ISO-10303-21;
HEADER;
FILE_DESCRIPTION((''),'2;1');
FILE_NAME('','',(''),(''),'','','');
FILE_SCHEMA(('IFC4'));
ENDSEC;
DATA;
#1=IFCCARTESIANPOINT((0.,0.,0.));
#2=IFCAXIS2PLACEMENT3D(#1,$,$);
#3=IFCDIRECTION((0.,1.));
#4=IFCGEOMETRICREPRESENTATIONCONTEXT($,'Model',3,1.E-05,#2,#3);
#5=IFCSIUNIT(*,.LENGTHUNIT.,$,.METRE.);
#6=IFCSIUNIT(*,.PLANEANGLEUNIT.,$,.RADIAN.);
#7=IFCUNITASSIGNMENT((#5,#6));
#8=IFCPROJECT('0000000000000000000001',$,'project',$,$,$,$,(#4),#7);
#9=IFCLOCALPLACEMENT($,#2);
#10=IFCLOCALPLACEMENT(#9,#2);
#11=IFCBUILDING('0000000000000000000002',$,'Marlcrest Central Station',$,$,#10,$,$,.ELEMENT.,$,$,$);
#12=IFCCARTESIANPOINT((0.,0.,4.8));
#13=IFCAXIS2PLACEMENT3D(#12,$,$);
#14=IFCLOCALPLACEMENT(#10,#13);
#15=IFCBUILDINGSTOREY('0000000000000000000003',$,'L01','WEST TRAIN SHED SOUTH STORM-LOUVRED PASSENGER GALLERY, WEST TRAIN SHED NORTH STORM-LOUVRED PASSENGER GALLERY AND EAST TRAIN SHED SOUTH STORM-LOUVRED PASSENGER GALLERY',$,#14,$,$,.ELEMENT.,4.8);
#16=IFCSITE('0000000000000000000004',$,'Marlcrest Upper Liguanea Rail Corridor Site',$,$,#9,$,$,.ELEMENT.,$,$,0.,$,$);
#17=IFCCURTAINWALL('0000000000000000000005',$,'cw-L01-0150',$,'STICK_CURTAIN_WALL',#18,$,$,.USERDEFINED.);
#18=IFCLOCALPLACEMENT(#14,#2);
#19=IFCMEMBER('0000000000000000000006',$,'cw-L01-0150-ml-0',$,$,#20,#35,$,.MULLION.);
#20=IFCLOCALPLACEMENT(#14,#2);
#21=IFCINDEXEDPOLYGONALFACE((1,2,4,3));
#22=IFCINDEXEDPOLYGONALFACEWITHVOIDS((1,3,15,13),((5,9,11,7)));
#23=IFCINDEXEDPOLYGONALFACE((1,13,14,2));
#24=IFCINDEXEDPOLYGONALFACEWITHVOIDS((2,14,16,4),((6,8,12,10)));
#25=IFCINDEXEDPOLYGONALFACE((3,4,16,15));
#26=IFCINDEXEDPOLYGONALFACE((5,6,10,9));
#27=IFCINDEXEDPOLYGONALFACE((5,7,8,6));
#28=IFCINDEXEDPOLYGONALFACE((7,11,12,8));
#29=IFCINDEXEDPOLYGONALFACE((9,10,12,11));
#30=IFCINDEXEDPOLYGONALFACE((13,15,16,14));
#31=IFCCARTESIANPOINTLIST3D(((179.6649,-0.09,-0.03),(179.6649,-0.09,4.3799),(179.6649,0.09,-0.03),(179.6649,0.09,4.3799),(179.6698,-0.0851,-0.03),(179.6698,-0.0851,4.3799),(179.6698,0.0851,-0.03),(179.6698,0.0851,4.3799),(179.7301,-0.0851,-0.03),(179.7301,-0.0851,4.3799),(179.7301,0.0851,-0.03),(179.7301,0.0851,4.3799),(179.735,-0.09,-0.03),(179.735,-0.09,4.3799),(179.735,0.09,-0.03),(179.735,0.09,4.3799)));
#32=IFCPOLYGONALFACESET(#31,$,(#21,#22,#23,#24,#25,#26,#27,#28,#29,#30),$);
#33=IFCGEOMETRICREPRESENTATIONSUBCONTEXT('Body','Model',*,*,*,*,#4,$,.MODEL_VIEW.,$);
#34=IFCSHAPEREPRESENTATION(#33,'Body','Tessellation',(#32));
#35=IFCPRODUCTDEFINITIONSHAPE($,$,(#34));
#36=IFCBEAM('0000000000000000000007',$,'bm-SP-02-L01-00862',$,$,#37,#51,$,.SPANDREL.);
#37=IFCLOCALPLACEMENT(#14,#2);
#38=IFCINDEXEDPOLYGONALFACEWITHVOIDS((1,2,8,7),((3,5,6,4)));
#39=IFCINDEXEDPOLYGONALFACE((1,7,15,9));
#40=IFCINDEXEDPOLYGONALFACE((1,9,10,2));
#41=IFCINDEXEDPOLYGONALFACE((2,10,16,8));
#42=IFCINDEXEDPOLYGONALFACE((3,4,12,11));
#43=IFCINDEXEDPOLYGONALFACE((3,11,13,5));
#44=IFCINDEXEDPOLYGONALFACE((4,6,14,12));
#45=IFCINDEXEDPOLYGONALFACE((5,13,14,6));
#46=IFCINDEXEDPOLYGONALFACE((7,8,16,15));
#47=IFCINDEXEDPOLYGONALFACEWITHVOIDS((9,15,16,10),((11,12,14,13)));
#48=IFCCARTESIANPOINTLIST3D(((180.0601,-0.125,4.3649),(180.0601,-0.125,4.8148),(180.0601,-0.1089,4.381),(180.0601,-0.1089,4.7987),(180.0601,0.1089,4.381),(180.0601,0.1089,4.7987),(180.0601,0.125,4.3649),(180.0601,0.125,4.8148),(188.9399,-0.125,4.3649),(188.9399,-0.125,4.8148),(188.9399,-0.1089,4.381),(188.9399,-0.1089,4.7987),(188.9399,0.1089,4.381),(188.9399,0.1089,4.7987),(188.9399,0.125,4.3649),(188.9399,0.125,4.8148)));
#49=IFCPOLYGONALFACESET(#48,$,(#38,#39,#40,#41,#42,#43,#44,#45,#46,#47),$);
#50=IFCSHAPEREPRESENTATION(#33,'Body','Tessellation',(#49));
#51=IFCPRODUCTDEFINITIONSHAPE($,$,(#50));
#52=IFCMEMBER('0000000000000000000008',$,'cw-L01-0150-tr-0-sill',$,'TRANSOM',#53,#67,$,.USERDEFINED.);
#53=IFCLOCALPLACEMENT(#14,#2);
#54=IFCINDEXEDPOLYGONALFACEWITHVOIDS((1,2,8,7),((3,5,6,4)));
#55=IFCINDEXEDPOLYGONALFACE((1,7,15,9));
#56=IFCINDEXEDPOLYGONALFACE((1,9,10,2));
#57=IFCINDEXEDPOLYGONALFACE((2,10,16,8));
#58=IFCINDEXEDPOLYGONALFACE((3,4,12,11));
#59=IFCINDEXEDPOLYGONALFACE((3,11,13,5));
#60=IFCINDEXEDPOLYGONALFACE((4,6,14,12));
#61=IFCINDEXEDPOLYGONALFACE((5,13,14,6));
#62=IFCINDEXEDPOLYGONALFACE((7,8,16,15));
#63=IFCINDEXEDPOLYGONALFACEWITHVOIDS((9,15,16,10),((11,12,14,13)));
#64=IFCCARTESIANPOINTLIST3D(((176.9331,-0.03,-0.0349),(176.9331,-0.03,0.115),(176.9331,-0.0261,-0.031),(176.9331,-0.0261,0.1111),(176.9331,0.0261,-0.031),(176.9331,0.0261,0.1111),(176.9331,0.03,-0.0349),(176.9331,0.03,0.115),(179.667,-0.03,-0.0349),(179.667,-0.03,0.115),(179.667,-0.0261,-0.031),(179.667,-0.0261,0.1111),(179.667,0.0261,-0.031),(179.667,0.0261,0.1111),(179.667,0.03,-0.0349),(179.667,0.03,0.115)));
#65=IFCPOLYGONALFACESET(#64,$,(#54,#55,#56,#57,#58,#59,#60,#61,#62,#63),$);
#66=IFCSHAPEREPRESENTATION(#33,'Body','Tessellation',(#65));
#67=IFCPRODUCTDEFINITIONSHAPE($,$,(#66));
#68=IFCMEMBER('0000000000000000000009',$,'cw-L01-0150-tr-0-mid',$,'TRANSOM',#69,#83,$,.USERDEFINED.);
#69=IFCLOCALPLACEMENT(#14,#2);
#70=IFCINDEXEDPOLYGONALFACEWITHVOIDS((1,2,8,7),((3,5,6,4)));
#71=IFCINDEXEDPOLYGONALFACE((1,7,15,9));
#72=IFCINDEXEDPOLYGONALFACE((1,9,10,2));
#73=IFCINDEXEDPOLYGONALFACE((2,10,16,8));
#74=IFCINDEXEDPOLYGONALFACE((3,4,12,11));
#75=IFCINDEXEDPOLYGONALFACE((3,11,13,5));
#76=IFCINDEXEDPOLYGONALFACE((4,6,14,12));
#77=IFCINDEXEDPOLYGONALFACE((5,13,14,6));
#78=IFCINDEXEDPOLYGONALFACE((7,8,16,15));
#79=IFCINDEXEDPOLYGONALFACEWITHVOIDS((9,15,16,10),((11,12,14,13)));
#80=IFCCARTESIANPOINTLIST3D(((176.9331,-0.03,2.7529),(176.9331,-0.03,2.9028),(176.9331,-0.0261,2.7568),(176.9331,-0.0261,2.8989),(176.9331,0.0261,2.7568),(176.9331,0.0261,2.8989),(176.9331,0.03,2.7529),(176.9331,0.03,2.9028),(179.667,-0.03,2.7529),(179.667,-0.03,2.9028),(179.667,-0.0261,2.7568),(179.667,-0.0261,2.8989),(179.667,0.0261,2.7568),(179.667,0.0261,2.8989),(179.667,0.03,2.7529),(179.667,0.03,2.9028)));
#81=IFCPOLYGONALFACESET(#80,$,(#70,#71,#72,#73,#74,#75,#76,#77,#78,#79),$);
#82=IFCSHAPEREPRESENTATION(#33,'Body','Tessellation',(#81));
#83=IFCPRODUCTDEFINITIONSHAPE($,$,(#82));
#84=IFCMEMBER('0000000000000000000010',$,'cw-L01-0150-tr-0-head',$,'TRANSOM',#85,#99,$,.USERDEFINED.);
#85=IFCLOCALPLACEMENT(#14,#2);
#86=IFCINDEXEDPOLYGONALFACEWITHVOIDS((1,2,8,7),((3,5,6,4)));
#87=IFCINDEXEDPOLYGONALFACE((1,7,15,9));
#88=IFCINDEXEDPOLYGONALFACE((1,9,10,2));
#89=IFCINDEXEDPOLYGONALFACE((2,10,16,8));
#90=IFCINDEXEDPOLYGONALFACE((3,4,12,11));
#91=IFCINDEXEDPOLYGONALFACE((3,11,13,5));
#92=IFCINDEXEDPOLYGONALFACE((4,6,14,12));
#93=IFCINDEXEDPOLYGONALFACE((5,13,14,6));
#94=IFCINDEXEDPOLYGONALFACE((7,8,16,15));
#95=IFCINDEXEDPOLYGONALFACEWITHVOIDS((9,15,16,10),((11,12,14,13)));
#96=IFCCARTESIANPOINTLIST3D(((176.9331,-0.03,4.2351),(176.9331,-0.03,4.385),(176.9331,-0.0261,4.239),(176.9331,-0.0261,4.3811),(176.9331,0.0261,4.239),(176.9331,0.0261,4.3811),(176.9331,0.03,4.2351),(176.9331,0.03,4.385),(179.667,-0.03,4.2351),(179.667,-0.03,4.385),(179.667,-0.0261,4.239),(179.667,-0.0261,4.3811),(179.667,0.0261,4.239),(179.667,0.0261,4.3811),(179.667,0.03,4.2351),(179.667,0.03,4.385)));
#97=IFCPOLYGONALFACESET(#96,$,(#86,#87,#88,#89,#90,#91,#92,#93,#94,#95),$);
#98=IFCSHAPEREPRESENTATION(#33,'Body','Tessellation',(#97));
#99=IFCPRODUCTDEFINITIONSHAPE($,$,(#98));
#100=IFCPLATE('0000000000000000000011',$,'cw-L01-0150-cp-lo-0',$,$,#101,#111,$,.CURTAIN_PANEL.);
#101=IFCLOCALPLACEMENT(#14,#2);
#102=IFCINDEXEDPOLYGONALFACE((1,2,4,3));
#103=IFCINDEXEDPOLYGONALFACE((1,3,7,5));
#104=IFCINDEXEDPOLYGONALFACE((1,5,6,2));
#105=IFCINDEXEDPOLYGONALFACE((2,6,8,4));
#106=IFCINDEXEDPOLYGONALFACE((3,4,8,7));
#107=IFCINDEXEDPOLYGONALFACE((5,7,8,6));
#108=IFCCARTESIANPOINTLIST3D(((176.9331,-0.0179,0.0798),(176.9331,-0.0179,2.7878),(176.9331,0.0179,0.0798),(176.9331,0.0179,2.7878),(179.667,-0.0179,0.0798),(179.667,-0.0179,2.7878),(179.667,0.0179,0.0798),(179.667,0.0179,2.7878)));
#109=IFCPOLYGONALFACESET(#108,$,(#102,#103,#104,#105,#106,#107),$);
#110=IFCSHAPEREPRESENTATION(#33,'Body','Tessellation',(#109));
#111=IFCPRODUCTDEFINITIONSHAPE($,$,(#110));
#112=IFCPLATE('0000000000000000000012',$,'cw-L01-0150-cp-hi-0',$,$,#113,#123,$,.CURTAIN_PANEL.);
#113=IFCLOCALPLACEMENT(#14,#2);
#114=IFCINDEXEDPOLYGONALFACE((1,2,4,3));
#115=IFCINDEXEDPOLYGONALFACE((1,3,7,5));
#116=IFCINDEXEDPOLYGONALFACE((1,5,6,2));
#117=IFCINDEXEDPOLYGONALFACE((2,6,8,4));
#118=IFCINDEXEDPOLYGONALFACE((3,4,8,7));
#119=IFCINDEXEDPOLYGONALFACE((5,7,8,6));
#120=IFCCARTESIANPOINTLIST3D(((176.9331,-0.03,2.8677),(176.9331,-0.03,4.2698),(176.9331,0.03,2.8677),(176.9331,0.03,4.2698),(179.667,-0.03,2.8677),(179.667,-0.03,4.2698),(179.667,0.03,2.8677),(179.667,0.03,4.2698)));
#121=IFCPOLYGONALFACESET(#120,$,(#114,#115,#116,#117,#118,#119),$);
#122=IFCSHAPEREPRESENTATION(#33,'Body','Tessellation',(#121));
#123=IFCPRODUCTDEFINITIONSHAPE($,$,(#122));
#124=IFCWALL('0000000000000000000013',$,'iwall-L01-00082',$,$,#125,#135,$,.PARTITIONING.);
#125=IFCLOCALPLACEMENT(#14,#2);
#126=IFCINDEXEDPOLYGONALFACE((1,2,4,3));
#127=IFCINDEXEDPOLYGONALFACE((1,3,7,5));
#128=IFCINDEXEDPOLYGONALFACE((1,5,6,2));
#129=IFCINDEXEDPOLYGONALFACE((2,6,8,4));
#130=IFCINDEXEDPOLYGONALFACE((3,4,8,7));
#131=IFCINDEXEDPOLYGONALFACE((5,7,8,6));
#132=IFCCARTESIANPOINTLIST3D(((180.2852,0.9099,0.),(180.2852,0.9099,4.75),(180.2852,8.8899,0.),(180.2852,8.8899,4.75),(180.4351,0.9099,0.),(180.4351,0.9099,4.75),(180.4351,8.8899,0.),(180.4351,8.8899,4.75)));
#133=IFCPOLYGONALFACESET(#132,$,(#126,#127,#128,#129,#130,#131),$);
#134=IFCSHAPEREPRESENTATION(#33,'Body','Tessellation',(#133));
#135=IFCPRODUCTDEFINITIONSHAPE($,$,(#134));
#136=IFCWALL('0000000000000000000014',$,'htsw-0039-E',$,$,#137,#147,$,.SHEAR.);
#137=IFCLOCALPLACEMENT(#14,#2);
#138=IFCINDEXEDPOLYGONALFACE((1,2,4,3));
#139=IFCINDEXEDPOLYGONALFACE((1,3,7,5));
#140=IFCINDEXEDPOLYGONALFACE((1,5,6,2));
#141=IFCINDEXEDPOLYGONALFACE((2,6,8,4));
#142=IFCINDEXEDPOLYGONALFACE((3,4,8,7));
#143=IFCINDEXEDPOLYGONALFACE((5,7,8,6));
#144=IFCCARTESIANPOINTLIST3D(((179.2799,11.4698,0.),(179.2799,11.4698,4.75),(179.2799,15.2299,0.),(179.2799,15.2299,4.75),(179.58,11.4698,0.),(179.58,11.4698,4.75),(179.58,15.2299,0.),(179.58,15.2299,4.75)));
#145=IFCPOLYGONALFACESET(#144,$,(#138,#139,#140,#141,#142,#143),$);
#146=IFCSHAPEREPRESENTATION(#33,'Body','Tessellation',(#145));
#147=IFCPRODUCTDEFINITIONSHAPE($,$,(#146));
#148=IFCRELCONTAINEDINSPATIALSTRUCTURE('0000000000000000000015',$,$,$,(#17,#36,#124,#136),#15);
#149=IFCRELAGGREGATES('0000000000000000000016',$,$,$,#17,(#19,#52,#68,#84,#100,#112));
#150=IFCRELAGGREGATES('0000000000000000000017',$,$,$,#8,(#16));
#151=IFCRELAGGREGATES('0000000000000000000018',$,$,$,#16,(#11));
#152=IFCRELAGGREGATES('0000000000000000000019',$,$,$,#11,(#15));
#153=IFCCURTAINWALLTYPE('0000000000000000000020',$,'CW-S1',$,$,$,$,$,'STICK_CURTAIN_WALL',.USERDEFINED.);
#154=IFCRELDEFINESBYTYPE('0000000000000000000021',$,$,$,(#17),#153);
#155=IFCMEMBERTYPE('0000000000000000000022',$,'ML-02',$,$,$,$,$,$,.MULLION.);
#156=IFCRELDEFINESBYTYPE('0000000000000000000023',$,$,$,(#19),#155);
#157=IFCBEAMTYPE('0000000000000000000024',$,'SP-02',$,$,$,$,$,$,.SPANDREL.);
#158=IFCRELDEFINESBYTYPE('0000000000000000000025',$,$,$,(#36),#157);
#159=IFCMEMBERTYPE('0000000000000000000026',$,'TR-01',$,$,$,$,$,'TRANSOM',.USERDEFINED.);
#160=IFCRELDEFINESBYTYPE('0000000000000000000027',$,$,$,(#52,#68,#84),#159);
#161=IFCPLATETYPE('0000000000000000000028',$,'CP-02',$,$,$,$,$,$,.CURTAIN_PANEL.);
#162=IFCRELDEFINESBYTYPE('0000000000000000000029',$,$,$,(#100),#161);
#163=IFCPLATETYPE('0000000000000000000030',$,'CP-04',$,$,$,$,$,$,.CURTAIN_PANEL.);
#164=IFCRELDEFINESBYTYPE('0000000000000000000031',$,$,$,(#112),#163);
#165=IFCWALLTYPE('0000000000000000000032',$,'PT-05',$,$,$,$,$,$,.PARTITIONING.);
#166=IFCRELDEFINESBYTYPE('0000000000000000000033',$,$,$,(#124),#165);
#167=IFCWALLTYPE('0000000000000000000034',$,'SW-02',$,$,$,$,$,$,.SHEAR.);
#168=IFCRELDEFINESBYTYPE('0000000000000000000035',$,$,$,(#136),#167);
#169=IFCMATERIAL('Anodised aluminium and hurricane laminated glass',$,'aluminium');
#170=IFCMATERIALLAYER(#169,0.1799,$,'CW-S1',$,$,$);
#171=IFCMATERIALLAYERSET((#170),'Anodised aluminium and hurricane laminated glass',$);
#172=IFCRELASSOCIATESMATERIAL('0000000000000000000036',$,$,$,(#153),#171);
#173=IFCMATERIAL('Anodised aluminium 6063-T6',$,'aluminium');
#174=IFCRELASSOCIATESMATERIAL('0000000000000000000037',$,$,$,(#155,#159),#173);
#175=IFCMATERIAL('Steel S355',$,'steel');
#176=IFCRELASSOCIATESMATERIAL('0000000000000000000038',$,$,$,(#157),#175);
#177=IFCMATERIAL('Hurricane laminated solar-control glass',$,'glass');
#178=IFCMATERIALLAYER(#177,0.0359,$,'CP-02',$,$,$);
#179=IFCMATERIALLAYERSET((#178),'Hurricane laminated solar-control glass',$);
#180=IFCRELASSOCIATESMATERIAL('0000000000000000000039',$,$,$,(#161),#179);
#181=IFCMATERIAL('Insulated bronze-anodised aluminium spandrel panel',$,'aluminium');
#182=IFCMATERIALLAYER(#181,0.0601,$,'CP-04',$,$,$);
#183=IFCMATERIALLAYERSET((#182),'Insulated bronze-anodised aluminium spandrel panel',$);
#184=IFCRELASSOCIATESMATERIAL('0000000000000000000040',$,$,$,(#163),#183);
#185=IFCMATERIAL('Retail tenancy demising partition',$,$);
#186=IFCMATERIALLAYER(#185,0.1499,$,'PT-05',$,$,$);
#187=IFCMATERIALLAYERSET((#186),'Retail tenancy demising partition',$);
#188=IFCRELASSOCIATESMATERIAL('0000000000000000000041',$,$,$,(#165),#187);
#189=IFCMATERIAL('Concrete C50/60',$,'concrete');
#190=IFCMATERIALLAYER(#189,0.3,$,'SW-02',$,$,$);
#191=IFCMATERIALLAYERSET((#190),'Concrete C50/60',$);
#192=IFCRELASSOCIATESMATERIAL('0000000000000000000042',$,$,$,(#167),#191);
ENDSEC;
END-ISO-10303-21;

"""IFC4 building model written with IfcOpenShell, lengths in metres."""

from ifc_helpers import new_model, si_unit, direction, frame, frame_2d, origin, origin_2d, place, context, subcontext, project, spatial, rectangle, hollow_rectangle, extrude, material, layer, layer_set, material_profile, profile_set, type_object, element, aggregate, save


model = new_model("IFC4")

# Units and contexts
model_context = context("Model", 3, precision=1e-05, world=origin(), true_north=direction((0.0, 1.0)))
body_context = subcontext(model_context, "Body", "Model", "MODEL_VIEW")
ifc_project = project(units=[si_unit("LENGTHUNIT", "METRE"), si_unit("PLANEANGLEUNIT", "RADIAN")], contexts=[model_context])

# Site, building, storey
site_placement = place(None, origin())
site = spatial("IfcSite", under=ifc_project, at=site_placement, Name="Marlcrest Upper Liguanea Rail Corridor Site", CompositionType="ELEMENT", RefElevation=0.0)
building_placement = place(site_placement, origin())
building = spatial("IfcBuilding", under=site, at=building_placement, Name="Marlcrest Central Station", CompositionType="ELEMENT")
storey_placement = place(building_placement, frame((0.0, 0.0, 4.8)))
storey = spatial("IfcBuildingStorey", under=building, at=storey_placement, Name="L01", Description="WEST TRAIN SHED SOUTH STORM-LOUVRED PASSENGER GALLERY, WEST TRAIN SHED NORTH STORM-LOUVRED PASSENGER GALLERY AND EAST TRAIN SHED SOUTH STORM-LOUVRED PASSENGER GALLERY", CompositionType="ELEMENT", Elevation=4.8)

# Shared definitions
ifc_material_1 = material(Name="Concrete C50/60", Category="concrete")
ifc_material_2 = material(Name="Steel S355", Category="steel")

# Curtain wall, member
ifc_material_3 = material(Name="Anodised aluminium and hurricane laminated glass", Category="aluminium")
ifc_layer_1 = layer(ifc_material_3, 0.1799, Name="CW-S1")
ifc_layer_set_1 = layer_set([ifc_layer_1], Name="Anodised aluminium and hurricane laminated glass")
curtain_wall_type = type_object("IfcCurtainWallType", Name="CW-S1", ElementType="STICK_CURTAIN_WALL", PredefinedType="USERDEFINED", material=ifc_layer_set_1)
curtain_wall_placement = place(storey_placement, origin())
curtain_wall = element("IfcCurtainWall", 1, at=curtain_wall_placement, inside=storey, type_object=curtain_wall_type, Name="cw-L01-0150", ObjectType="STICK_CURTAIN_WALL", PredefinedType="USERDEFINED")
ifc_material_4 = material(Name="Anodised aluminium 6063-T6", Category="aluminium")
ifc_material_profile_1 = material_profile(ifc_material_4, hollow_rectangle(XDim=0.0701, YDim=0.1799, WallThickness=0.0049, at=origin_2d()), Name="AA-RHS 180x70x5")
ifc_profile_set_1 = profile_set([ifc_material_profile_1], Name="Anodised aluminium 6063-T6")
member_type_1 = type_object("IfcMemberType", Name="ML-02", PredefinedType="MULLION", material=ifc_profile_set_1)
member_1_placement = place(storey_placement, frame((179.7, 0.0, -0.03), z_axis=(0.0, 0.0, 1.0), x_axis=(1.0, 0.0, 0.0)))
member_1 = element("IfcMember", 2, at=member_1_placement, type_object=member_type_1, Name="cw-L01-0150-ml-0", PredefinedType="MULLION", context=body_context, shape_type="SweptSolid", body=[
    extrude(hollow_rectangle(XDim=0.0701, YDim=0.1799, WallThickness=0.0049, at=origin_2d()), origin(), (0.0, 0.0, 1.0), 4.4099),
])

# Beam
ifc_material_profile_2 = material_profile(ifc_material_2, hollow_rectangle(XDim=0.25, YDim=0.45, WallThickness=0.0161, at=origin_2d()), Name="RHS 450x250x16")
ifc_profile_set_2 = profile_set([ifc_material_profile_2], Name="Steel S355")
beam_type_1 = type_object("IfcBeamType", Name="SP-02", PredefinedType="SPANDREL", material=ifc_profile_set_2)
beam_1_placement = place(storey_placement, frame((180.0601, 0.0, 4.5898), z_axis=(1.0, 0.0, 0.0), x_axis=(0.0, 1.0, 0.0)))
element("IfcBeam", 3, at=beam_1_placement, inside=storey, type_object=beam_type_1, Name="bm-SP-02-L01-00862", PredefinedType="SPANDREL", context=body_context, shape_type="SweptSolid", body=[
    extrude(hollow_rectangle(XDim=0.25, YDim=0.45, WallThickness=0.0161, at=origin_2d()), origin(), (0.0, 0.0, 1.0), 8.8799),
])

# Members
ifc_material_profile_3 = material_profile(ifc_material_4, hollow_rectangle(XDim=0.0601, YDim=0.1499, WallThickness=0.0039, at=origin_2d()), Name="AA-RHS 150x60x4")
ifc_profile_set_3 = profile_set([ifc_material_profile_3], Name="Anodised aluminium 6063-T6")
member_type_2 = type_object("IfcMemberType", Name="TR-01", ElementType="TRANSOM", PredefinedType="USERDEFINED", material=ifc_profile_set_3)
member_2_placement = place(storey_placement, frame((179.667, 0.0, 0.04), z_axis=(-1.0, 0.0, 0.0), x_axis=(0.0, -1.0, 0.0)))
member_2 = element("IfcMember", 4, at=member_2_placement, type_object=member_type_2, Name="cw-L01-0150-tr-0-sill", ObjectType="TRANSOM", PredefinedType="USERDEFINED", context=body_context, shape_type="SweptSolid", body=[
    extrude(hollow_rectangle(XDim=0.0601, YDim=0.1499, WallThickness=0.0039, at=origin_2d()), origin(), (0.0, 0.0, 1.0), 2.7339),
])
member_3_placement = place(storey_placement, frame((179.667, 0.0, 2.8279), z_axis=(-1.0, 0.0, 0.0), x_axis=(0.0, -1.0, 0.0)))
member_3 = element("IfcMember", 5, at=member_3_placement, type_object=member_type_2, Name="cw-L01-0150-tr-0-mid", ObjectType="TRANSOM", PredefinedType="USERDEFINED", context=body_context, shape_type="SweptSolid", body=[
    extrude(hollow_rectangle(XDim=0.0601, YDim=0.1499, WallThickness=0.0039, at=origin_2d()), origin(), (0.0, 0.0, 1.0), 2.7339),
])
member_4_placement = place(storey_placement, frame((179.667, 0.0, 4.3101), z_axis=(-1.0, 0.0, 0.0), x_axis=(0.0, -1.0, 0.0)))
member_4 = element("IfcMember", 6, at=member_4_placement, type_object=member_type_2, Name="cw-L01-0150-tr-0-head", ObjectType="TRANSOM", PredefinedType="USERDEFINED", context=body_context, shape_type="SweptSolid", body=[
    extrude(hollow_rectangle(XDim=0.0601, YDim=0.1499, WallThickness=0.0039, at=origin_2d()), origin(), (0.0, 0.0, 1.0), 2.7339),
])

# Plates
ifc_material_5 = material(Name="Hurricane laminated solar-control glass", Category="glass")
ifc_layer_2 = layer(ifc_material_5, 0.0359, Name="CP-02")
ifc_layer_set_2 = layer_set([ifc_layer_2], Name="Hurricane laminated solar-control glass")
plate_type_1 = type_object("IfcPlateType", Name="CP-02", PredefinedType="CURTAIN_PANEL", material=ifc_layer_set_2)
plate_1_placement = place(storey_placement, frame((178.3, 0.0, 0.0798), z_axis=(0.0, 0.0, 1.0), x_axis=(-1.0, 0.0, 0.0)))
plate_1 = element("IfcPlate", 7, at=plate_1_placement, type_object=plate_type_1, Name="cw-L01-0150-cp-lo-0", PredefinedType="CURTAIN_PANEL", context=body_context, shape_type="SweptSolid", body=[
    extrude(rectangle(XDim=2.7339, YDim=0.0359, at=origin_2d()), origin(), (0.0, 0.0, 1.0), 2.708),
])
ifc_material_6 = material(Name="Insulated bronze-anodised aluminium spandrel panel", Category="aluminium")
ifc_layer_3 = layer(ifc_material_6, 0.0601, Name="CP-04")
ifc_layer_set_3 = layer_set([ifc_layer_3], Name="Insulated bronze-anodised aluminium spandrel panel")
plate_type_2 = type_object("IfcPlateType", Name="CP-04", PredefinedType="CURTAIN_PANEL", material=ifc_layer_set_3)
plate_2_placement = place(storey_placement, frame((178.3, 0.0, 2.8677), z_axis=(0.0, 0.0, 1.0), x_axis=(-1.0, 0.0, 0.0)))
plate_2 = element("IfcPlate", 8, at=plate_2_placement, type_object=plate_type_2, Name="cw-L01-0150-cp-hi-0", PredefinedType="CURTAIN_PANEL", context=body_context, shape_type="SweptSolid", body=[
    extrude(rectangle(XDim=2.7339, YDim=0.0601, at=origin_2d()), origin(), (0.0, 0.0, 1.0), 1.4021),
])
aggregate(curtain_wall, [member_1, member_2, member_3, member_4, plate_1, plate_2])

# Walls
ifc_material_7 = material(Name="Retail tenancy demising partition")
ifc_layer_4 = layer(ifc_material_7, 0.1499, Name="PT-05")
ifc_layer_set_4 = layer_set([ifc_layer_4], Name="Retail tenancy demising partition")
wall_type_1 = type_object("IfcWallType", Name="PT-05", PredefinedType="PARTITIONING", material=ifc_layer_set_4)
wall_1_placement = place(storey_placement, frame((180.3601, 0.9099, 0.0), z_axis=(0.0, 0.0, 1.0), x_axis=(0.0, 1.0, 0.0)))
element("IfcWall", 9, at=wall_1_placement, inside=storey, type_object=wall_type_1, Name="iwall-L01-00082", PredefinedType="PARTITIONING", context=body_context, shape_type="SweptSolid", body=[
    extrude(rectangle(XDim=7.98, YDim=0.1499, at=frame_2d((3.99, 0.0))), origin(), (0.0, 0.0, 1.0), 4.75),
])
ifc_layer_5 = layer(ifc_material_1, 0.3, Name="SW-02")
ifc_layer_set_5 = layer_set([ifc_layer_5], Name="Concrete C50/60")
wall_type_2 = type_object("IfcWallType", Name="SW-02", PredefinedType="SHEAR", material=ifc_layer_set_5)
wall_2_placement = place(storey_placement, frame((179.4299, 11.47, 0.0), z_axis=(0.0, 0.0, 1.0), x_axis=(0.0, 1.0, 0.0)))
element("IfcWall", 10, at=wall_2_placement, inside=storey, type_object=wall_type_2, Name="htsw-0039-E", PredefinedType="SHEAR", context=body_context, shape_type="SweptSolid", body=[
    extrude(rectangle(XDim=3.76, YDim=0.3, at=frame_2d((1.8799, 0.0))), origin(), (0.0, 0.0, 1.0), 4.75),
])

save(model, "model.ifc")
